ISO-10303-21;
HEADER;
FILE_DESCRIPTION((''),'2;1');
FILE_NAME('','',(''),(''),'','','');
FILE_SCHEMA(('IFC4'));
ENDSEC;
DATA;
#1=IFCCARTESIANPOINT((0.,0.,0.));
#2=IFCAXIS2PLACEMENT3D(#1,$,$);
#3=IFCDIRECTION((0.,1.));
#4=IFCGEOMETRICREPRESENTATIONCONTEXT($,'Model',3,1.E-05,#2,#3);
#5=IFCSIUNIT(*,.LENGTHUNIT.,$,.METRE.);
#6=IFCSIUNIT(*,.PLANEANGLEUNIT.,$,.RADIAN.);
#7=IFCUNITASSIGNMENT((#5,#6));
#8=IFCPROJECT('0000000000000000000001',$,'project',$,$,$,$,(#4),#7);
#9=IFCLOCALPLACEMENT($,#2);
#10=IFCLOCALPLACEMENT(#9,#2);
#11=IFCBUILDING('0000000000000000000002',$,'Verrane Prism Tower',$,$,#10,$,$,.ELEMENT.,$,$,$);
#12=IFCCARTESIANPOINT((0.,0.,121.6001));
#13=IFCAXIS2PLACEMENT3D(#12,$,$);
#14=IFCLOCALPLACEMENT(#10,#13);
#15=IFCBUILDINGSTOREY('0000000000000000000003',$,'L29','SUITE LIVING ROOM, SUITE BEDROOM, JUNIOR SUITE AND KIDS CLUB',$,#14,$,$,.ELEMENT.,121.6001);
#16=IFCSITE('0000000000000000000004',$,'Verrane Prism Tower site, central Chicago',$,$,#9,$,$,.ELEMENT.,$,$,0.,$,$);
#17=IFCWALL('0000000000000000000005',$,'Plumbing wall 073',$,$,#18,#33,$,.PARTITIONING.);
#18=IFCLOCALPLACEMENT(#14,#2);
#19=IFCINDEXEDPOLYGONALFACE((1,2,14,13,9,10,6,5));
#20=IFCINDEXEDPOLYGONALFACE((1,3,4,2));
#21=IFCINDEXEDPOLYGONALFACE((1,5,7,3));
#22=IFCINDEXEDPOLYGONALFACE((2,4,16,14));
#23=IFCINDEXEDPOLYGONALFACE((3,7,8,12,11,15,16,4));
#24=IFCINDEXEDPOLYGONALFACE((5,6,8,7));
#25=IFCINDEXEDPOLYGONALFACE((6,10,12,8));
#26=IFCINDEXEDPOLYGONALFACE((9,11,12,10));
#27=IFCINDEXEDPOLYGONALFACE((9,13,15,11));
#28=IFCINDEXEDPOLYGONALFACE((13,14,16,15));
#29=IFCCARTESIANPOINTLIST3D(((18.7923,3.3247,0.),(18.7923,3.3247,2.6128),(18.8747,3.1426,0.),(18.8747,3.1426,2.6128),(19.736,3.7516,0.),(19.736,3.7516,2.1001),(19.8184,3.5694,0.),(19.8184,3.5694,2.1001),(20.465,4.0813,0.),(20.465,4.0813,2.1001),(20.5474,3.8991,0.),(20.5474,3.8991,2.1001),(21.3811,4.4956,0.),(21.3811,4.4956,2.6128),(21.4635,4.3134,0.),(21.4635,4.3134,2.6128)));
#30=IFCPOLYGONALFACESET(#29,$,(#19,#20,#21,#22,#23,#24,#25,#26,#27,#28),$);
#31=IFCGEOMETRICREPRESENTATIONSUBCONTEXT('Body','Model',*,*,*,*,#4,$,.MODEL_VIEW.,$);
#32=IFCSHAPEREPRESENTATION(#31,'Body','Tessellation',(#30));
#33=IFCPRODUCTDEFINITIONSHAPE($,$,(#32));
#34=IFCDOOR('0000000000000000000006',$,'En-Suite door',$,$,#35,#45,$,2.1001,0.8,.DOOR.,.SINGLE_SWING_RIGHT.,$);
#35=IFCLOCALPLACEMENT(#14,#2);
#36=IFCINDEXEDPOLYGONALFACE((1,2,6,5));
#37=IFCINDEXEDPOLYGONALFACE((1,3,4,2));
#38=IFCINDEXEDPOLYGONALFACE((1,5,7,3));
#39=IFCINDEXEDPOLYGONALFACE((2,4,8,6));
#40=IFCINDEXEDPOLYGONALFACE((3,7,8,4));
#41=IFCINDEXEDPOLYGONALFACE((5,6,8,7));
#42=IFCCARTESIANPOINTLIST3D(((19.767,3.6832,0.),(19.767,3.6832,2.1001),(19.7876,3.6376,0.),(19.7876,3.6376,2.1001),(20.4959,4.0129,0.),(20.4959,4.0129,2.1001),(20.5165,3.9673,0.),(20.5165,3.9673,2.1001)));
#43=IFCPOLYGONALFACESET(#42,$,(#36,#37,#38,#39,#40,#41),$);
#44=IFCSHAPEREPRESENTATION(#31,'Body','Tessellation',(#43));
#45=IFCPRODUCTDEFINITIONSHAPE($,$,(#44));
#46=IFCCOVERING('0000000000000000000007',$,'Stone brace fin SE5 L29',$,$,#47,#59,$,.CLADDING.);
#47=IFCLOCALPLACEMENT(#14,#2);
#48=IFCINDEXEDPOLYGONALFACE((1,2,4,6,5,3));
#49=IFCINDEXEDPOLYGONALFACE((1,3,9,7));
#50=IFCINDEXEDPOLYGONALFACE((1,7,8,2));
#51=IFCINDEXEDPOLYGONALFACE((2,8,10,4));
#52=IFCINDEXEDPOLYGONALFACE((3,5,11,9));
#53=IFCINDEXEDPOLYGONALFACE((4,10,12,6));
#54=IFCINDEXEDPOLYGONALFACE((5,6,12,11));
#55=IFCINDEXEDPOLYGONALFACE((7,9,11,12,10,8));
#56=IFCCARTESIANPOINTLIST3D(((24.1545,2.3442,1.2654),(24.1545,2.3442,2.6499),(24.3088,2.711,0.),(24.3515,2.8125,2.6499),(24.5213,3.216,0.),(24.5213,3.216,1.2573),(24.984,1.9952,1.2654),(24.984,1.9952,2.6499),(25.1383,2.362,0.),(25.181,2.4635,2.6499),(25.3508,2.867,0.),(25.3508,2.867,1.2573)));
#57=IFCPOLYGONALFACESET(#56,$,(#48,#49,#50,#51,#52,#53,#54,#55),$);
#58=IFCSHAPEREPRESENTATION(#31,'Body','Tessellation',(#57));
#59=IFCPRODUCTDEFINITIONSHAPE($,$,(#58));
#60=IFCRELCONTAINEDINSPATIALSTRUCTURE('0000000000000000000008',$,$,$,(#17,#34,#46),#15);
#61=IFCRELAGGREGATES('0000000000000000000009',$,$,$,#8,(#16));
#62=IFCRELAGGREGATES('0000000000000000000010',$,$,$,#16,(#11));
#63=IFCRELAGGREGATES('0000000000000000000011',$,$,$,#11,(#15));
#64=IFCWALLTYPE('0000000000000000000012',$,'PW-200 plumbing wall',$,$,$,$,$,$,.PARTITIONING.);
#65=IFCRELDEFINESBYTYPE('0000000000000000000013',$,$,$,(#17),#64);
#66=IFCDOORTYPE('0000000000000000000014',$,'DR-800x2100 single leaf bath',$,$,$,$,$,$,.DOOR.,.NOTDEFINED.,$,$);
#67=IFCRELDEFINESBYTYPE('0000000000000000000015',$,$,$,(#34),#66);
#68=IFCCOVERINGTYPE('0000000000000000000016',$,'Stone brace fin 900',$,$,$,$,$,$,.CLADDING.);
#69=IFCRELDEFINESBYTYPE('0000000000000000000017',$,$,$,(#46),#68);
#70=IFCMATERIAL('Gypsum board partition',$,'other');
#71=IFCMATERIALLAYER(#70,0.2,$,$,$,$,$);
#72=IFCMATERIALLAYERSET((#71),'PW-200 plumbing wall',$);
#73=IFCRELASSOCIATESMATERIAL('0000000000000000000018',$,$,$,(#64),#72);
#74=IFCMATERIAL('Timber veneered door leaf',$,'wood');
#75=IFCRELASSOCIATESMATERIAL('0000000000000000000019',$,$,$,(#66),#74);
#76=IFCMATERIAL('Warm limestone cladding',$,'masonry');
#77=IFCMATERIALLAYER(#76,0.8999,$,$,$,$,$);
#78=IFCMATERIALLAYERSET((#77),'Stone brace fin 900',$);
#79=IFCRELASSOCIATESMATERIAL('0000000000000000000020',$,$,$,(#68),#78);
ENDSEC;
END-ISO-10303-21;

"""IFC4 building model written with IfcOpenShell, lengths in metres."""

from ifc_helpers import new_model, si_unit, direction, frame, frame_2d, origin, place, context, subcontext, project, spatial, polyline, rectangle, outline, extrude, material, layer, layer_set, type_object, element, fill, save


model = new_model("IFC4")

# Units and contexts
model_context = context("Model", 3, precision=1e-05, world=origin(), true_north=direction((0.0, 1.0)))
body_context = subcontext(model_context, "Body", "Model", "MODEL_VIEW")
ifc_project = project(units=[si_unit("LENGTHUNIT", "METRE"), si_unit("PLANEANGLEUNIT", "RADIAN")], contexts=[model_context])

# Site, building, storey
site_placement = place(None, origin())
site = spatial("IfcSite", under=ifc_project, at=site_placement, Name="Verrane Prism Tower site, central Chicago", CompositionType="ELEMENT", RefElevation=0.0)
building_placement = place(site_placement, origin())
building = spatial("IfcBuilding", under=site, at=building_placement, Name="Verrane Prism Tower", CompositionType="ELEMENT")
storey_placement = place(building_placement, frame((0.0, 0.0, 121.6001)))
storey = spatial("IfcBuildingStorey", under=building, at=storey_placement, Name="L29", Description="SUITE LIVING ROOM, SUITE BEDROOM, JUNIOR SUITE AND KIDS CLUB", CompositionType="ELEMENT", Elevation=121.6001)

# Shared definitions
ifc_material_1 = material(Name="Gypsum board partition", Category="other")
ifc_layer_1 = layer(ifc_material_1, 0.2)
ifc_layer_set_1 = layer_set([ifc_layer_1], Name="PW-200 plumbing wall")
wall_type_1 = type_object("IfcWallType", Name="PW-200 plumbing wall", PredefinedType="PARTITIONING", material=ifc_layer_set_1)

# Wall, opening, door
wall_1_placement = place(storey_placement, frame((18.8335, 3.2336, 0.0), z_axis=(0.0, 0.0, 1.0), x_axis=(0.911142, 0.412093, 0.0)))
wall_1 = element("IfcWall", 1, at=wall_1_placement, inside=storey, type_object=wall_type_1, Name="Plumbing wall 073", PredefinedType="PARTITIONING", context=body_context, shape_type="SweptSolid", body=[
    extrude(rectangle(XDim=2.8413, YDim=0.2, at=frame_2d((1.4207, 0.0))), origin(), (0.0, 0.0, 1.0), 2.6128),
])
opening_1_placement = place(wall_1_placement, frame((1.0359, 0.0, 0.0)))
opening_1 = element("IfcOpeningElement", 2, at=opening_1_placement, cuts=wall_1, PredefinedType="OPENING", context=body_context, shape_type="SweptSolid", body=[
    extrude(rectangle(XDim=0.8, YDim=2.1001, at=frame_2d((0.3999, 1.05))), frame((0.0, 0.1099, 0.0), z_axis=(0.0, -1.0, 0.0), x_axis=(1.0, 0.0, 0.0)), (0.0, 0.0, 1.0), 0.22),
])
ifc_material_2 = material(Name="Timber veneered door leaf", Category="wood")
door_type_1 = type_object("IfcDoorType", Name="DR-800x2100 single leaf bath", OperationType="NOTDEFINED", PredefinedType="DOOR", material=ifc_material_2)
door_1_placement = place(opening_1_placement, origin())
door_1 = element("IfcDoor", 3, at=door_1_placement, inside=storey, type_object=door_type_1, Name="En-Suite door", OperationType="SINGLE_SWING_RIGHT", OverallHeight=2.1001, OverallWidth=0.8, PredefinedType="DOOR", context=body_context, shape_type="SweptSolid", body=[
    extrude(rectangle(XDim=0.8, YDim=2.1001, at=frame_2d((0.3999, 1.05))), frame((0.0, 0.0249, 0.0), z_axis=(0.0, -1.0, 0.0), x_axis=(1.0, 0.0, 0.0)), (0.0, 0.0, 1.0), 0.05),
])
fill(opening_1, door_1)

# Covering
ifc_material_3 = material(Name="Warm limestone cladding", Category="masonry")
ifc_layer_2 = layer(ifc_material_3, 0.8999)
ifc_layer_set_2 = layer_set([ifc_layer_2], Name="Stone brace fin 900")
covering_type = type_object("IfcCoveringType", Name="Stone brace fin 900", PredefinedType="CLADDING", material=ifc_layer_set_2)
covering_placement = place(storey_placement, frame((24.936, 3.0415, 0.0), z_axis=(0.0, 0.0, 1.0), x_axis=(-0.387803, -0.921742, 0.0)))
element("IfcCovering", 4, at=covering_placement, inside=storey, type_object=covering_type, Name="Stone brace fin SE5 L29", PredefinedType="CLADDING", context=body_context, shape_type="SweptSolid", body=[
    extrude(outline(polyline([(0.9458, 2.6499), (0.4377, 2.6499), (0.0, 1.2573), (0.0, 0.0), (0.5479, 0.0), (0.9458, 1.2654), (0.9458, 2.6499)])), frame((0.0, 0.45, 0.0), z_axis=(0.0, -1.0, 0.0), x_axis=(1.0, 0.0, 0.0)), (0.0, 0.0, 1.0), 0.8999),
])

save(model, "model.ifc")
